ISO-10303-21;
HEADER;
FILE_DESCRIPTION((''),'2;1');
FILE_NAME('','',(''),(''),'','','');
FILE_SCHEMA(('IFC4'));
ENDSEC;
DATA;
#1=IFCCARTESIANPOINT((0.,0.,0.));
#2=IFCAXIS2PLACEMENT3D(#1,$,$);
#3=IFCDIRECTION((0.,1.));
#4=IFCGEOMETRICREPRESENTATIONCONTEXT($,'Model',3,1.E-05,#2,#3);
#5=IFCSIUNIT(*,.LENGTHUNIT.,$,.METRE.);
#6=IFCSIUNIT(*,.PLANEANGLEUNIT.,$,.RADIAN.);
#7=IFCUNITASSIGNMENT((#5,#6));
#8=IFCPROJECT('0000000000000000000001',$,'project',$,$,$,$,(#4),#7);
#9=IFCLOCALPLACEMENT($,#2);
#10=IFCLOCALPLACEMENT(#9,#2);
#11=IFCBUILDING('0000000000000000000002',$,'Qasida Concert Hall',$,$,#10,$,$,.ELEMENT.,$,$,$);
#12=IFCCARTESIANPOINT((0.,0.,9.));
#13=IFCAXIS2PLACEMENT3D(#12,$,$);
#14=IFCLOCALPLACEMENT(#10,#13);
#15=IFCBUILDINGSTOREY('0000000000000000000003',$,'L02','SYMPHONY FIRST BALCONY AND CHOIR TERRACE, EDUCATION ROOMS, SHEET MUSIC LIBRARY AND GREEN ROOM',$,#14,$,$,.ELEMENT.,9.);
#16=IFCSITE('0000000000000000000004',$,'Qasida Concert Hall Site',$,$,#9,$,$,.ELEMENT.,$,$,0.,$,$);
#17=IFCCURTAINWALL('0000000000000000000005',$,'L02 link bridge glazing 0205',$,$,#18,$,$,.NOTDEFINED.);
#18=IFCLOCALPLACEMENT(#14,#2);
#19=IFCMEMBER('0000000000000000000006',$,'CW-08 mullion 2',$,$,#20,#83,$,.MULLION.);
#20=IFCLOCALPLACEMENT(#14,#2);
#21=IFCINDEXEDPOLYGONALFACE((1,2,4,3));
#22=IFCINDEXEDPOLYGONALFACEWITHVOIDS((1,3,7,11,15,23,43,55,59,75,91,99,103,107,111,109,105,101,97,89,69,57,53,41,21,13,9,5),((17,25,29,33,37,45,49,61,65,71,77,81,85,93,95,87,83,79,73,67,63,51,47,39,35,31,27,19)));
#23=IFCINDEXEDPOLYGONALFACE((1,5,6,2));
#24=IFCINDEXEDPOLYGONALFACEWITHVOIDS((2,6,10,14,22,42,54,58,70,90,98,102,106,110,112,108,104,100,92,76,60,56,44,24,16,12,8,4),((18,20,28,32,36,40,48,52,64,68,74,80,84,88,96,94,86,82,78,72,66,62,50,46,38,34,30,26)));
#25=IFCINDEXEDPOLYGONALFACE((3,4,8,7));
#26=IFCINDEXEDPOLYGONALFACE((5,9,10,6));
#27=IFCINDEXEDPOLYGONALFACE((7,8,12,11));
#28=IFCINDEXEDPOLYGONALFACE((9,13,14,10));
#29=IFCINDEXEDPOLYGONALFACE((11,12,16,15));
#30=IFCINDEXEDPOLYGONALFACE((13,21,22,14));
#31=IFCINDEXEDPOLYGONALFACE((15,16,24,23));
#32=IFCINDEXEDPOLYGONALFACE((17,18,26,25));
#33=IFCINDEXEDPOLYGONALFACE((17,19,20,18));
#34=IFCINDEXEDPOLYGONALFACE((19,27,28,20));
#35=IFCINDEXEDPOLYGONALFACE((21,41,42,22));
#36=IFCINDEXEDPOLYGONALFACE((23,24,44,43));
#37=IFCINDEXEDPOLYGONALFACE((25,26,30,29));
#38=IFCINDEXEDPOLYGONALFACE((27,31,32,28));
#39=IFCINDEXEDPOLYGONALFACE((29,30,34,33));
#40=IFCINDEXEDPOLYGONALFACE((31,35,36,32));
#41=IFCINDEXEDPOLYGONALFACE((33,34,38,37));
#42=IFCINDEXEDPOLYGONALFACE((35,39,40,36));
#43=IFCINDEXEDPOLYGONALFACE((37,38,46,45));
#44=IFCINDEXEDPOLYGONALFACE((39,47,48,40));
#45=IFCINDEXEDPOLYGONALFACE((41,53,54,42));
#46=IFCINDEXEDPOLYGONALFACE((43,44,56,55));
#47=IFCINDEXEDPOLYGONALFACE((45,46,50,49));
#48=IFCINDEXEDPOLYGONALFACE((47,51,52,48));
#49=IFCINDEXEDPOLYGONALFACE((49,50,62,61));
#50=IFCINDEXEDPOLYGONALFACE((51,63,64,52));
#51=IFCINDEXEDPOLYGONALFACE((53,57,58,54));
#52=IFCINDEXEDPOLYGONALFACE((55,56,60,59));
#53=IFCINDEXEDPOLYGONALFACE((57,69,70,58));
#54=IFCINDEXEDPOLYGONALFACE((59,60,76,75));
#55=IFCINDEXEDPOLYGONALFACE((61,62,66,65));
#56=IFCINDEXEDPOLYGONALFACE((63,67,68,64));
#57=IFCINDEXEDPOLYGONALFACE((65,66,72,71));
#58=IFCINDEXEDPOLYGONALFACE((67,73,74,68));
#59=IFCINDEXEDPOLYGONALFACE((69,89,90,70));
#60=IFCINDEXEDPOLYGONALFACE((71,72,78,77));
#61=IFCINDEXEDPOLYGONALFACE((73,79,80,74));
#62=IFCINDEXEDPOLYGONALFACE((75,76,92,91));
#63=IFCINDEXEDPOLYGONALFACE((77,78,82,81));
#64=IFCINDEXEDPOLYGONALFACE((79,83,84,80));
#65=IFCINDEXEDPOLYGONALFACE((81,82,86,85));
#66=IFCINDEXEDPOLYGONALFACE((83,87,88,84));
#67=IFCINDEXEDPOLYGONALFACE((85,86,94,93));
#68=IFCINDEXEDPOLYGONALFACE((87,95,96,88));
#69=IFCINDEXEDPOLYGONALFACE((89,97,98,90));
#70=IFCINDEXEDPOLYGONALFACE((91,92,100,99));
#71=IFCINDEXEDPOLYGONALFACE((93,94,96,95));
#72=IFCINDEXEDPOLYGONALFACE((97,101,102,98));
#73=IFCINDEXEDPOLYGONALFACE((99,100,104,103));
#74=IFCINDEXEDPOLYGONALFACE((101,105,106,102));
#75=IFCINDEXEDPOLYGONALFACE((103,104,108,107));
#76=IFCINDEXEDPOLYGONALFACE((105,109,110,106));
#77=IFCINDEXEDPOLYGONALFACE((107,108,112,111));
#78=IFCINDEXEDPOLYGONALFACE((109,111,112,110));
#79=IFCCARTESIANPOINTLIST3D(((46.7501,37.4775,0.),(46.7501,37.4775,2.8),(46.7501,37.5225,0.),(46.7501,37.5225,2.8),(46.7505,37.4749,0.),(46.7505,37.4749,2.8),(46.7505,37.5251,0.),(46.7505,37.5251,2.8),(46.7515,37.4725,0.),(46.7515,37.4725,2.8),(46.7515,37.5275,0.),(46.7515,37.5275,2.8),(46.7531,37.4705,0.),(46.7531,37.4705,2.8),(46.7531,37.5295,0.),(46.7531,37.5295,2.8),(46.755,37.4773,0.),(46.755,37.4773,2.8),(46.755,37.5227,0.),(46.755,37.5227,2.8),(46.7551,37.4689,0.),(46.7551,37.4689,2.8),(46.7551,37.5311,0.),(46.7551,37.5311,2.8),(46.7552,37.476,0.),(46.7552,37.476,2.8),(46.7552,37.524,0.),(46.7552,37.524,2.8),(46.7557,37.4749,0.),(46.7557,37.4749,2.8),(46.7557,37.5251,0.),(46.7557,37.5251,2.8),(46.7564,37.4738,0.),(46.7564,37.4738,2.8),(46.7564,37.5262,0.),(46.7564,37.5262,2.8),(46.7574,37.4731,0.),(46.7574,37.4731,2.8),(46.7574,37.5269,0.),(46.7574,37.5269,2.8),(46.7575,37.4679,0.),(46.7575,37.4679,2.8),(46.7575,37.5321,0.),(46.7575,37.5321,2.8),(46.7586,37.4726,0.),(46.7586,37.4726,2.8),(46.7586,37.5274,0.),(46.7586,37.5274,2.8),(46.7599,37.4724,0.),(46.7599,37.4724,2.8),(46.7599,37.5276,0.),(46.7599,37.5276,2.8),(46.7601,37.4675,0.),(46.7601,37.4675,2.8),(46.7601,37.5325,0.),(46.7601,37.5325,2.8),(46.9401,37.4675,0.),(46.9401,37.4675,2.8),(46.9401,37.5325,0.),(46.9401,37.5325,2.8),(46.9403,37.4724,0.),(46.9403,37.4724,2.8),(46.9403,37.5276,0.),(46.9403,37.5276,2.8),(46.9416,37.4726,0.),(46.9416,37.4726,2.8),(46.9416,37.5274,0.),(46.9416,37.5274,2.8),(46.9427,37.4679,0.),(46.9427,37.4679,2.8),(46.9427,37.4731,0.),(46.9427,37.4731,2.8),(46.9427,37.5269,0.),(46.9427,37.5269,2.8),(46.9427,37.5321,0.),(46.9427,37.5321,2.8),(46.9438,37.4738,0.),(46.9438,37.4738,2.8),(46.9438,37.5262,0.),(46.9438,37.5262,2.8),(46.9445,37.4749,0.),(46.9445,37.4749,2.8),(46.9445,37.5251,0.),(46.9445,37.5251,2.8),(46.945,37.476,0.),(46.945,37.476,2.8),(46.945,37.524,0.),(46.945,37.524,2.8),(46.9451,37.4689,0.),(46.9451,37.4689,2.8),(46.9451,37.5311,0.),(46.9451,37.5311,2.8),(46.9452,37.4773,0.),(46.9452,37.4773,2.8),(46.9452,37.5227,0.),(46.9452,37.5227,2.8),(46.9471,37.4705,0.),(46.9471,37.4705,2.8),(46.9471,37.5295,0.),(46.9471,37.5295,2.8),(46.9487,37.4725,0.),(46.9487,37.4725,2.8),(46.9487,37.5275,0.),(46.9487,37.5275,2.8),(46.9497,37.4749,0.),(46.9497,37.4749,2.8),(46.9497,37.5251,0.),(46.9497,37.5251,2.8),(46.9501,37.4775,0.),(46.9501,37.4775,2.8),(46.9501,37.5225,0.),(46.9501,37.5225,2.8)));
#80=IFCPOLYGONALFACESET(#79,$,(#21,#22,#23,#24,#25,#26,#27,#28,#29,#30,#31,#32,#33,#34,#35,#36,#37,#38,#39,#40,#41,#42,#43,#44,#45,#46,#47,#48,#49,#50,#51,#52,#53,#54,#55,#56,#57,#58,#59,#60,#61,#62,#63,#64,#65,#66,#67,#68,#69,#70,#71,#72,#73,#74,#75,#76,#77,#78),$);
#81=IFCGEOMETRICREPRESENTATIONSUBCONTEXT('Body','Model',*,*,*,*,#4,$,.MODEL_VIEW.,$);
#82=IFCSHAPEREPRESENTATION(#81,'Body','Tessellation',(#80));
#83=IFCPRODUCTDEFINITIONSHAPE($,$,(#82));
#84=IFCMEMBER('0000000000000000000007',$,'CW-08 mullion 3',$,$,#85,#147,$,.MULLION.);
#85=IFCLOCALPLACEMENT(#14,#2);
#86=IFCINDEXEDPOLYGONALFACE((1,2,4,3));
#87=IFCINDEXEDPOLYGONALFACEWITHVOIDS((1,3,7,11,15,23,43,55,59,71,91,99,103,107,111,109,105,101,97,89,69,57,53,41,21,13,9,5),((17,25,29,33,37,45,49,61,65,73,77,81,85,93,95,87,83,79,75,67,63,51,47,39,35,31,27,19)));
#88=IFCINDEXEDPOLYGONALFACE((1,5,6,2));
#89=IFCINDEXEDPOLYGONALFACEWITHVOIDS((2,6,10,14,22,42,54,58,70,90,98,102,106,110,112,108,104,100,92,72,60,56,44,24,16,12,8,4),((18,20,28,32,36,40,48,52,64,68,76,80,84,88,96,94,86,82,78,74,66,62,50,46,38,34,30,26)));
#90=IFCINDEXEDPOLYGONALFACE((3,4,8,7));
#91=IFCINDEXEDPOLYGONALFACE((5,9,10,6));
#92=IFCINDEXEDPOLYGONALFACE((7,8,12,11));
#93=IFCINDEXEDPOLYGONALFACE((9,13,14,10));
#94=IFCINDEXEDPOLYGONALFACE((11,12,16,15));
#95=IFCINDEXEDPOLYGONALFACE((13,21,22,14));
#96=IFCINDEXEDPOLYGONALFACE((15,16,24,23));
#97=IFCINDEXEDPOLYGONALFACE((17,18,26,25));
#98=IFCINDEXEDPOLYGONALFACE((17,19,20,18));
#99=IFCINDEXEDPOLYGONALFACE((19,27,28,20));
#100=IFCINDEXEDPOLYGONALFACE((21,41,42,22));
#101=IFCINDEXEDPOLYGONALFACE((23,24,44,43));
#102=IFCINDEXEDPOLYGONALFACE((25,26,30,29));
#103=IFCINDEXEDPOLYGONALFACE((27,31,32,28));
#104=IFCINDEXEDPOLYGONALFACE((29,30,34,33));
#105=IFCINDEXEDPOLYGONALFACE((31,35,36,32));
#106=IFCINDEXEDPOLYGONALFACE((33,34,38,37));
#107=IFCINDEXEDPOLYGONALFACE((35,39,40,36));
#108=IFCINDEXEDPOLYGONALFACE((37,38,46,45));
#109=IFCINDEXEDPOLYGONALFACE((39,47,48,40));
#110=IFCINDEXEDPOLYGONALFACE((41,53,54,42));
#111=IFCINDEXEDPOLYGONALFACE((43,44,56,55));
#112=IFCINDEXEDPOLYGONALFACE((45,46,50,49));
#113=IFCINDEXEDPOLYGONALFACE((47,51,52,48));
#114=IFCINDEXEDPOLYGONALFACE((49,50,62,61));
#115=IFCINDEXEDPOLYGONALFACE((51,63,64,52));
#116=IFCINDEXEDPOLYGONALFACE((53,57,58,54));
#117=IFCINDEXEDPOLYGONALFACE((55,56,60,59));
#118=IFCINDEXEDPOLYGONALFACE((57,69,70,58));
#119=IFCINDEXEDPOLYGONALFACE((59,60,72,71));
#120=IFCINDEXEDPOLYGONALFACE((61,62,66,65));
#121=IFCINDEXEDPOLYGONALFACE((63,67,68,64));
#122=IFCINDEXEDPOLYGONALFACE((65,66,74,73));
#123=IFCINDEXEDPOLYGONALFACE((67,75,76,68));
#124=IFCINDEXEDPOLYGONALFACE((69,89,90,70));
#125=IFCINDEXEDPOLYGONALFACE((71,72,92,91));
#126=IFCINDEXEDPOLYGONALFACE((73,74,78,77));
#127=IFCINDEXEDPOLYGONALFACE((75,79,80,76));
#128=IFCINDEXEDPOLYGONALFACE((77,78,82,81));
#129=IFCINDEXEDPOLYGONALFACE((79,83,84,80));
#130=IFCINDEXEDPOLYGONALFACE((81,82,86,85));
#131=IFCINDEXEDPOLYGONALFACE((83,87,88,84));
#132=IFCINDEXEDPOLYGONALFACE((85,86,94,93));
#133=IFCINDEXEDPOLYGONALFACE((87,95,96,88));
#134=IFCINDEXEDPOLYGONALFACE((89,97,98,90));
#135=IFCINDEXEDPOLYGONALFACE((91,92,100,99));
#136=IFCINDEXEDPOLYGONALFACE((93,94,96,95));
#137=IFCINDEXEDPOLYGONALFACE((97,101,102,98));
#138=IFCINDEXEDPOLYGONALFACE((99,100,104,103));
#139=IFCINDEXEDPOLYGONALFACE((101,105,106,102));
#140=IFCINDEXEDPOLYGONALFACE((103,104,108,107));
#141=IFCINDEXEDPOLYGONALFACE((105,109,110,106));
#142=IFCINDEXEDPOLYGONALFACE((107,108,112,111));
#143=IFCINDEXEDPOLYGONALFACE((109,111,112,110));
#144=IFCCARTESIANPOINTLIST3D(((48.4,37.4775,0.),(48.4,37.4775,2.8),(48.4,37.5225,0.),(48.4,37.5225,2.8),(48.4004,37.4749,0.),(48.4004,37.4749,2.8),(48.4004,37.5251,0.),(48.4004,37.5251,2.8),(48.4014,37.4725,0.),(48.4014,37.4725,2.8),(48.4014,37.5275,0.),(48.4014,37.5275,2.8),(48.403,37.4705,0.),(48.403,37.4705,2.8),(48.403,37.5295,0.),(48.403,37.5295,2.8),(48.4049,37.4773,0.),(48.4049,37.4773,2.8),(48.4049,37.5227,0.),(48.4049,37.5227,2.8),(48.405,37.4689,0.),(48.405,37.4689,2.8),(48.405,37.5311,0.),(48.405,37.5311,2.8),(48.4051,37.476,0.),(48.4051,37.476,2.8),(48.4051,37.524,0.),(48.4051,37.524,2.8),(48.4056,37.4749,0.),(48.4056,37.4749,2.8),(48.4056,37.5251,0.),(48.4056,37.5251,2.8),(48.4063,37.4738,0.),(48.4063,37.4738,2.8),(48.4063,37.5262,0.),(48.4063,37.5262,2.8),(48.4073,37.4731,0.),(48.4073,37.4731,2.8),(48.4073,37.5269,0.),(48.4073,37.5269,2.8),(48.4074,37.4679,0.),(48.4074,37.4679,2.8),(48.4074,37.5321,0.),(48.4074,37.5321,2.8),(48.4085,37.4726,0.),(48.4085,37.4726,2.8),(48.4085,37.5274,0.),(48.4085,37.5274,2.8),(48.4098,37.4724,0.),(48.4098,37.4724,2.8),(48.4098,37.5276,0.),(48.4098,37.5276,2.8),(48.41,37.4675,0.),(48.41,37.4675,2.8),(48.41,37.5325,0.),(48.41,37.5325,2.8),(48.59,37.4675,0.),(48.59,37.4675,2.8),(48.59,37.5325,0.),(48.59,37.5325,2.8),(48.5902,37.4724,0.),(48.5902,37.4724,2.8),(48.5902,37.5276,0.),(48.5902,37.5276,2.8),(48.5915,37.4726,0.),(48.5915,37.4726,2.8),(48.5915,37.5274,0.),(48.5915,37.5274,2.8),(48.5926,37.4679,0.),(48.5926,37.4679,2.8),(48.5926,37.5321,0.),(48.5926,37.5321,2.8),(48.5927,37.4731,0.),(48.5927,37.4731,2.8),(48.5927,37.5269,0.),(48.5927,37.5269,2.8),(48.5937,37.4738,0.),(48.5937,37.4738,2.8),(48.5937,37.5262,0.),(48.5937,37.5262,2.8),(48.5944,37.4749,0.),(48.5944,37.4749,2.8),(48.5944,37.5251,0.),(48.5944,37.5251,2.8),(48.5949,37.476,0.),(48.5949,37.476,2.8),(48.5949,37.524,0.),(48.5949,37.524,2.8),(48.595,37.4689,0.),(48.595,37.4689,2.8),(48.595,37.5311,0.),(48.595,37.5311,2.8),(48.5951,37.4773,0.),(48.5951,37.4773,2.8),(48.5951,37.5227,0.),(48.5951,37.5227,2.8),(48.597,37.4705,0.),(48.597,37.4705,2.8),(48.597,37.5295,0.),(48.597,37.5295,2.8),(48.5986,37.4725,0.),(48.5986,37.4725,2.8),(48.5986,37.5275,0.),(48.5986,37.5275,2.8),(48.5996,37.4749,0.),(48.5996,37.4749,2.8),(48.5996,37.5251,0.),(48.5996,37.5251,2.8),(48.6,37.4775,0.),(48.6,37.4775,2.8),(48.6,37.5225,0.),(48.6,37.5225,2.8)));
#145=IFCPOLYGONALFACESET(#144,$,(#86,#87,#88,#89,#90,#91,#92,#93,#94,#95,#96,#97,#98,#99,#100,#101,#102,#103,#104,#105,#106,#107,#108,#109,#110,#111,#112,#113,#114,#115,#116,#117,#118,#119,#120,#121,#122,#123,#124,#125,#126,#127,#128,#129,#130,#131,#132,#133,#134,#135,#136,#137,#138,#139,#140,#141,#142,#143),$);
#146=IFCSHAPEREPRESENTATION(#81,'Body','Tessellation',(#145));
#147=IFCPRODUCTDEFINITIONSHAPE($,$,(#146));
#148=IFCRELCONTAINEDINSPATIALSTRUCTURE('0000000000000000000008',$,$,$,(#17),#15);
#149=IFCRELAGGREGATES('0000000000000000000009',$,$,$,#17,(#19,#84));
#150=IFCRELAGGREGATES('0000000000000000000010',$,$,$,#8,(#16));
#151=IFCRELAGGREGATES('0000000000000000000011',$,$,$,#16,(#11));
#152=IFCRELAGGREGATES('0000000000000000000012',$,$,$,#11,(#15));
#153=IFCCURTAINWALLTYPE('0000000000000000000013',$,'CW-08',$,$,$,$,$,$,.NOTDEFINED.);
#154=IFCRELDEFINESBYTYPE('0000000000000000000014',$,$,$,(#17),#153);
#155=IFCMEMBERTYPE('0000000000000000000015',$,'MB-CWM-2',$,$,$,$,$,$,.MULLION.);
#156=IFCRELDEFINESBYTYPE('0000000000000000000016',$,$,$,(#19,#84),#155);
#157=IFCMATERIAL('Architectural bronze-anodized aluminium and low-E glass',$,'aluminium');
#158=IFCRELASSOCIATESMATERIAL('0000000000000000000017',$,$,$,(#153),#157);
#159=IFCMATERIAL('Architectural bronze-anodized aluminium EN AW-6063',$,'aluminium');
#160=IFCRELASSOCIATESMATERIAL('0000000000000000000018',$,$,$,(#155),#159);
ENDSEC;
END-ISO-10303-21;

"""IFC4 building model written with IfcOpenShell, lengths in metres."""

from ifc_helpers import new_model, si_unit, direction, frame, origin, origin_2d, place, context, subcontext, project, spatial, hollow_rectangle, extrude, material, material_profile, profile_set, type_object, element, aggregate, save


model = new_model("IFC4")

# Units and contexts
model_context = context("Model", 3, precision=1e-05, world=origin(), true_north=direction((0.0, 1.0)))
body_context = subcontext(model_context, "Body", "Model", "MODEL_VIEW")
ifc_project = project(units=[si_unit("LENGTHUNIT", "METRE"), si_unit("PLANEANGLEUNIT", "RADIAN")], contexts=[model_context])

# Site, building, storey
site_placement = place(None, origin())
site = spatial("IfcSite", under=ifc_project, at=site_placement, Name="Qasida Concert Hall Site", CompositionType="ELEMENT", RefElevation=0.0)
building_placement = place(site_placement, origin())
building = spatial("IfcBuilding", under=site, at=building_placement, Name="Qasida Concert Hall", CompositionType="ELEMENT")
storey_placement = place(building_placement, frame((0.0, 0.0, 9.0)))
storey = spatial("IfcBuildingStorey", under=building, at=storey_placement, Name="L02", Description="SYMPHONY FIRST BALCONY AND CHOIR TERRACE, EDUCATION ROOMS, SHEET MUSIC LIBRARY AND GREEN ROOM", CompositionType="ELEMENT", Elevation=9.0)

# Curtain wall, members
ifc_material_1 = material(Name="Architectural bronze-anodized aluminium and low-E glass", Category="aluminium")
curtain_wall_type = type_object("IfcCurtainWallType", Name="CW-08", PredefinedType="NOTDEFINED", material=ifc_material_1)
curtain_wall_placement = place(storey_placement, origin())
curtain_wall = element("IfcCurtainWall", 1, at=curtain_wall_placement, inside=storey, type_object=curtain_wall_type, Name="L02 link bridge glazing 0205", PredefinedType="NOTDEFINED")
ifc_material_2 = material(Name="Architectural bronze-anodized aluminium EN AW-6063", Category="aluminium")
ifc_material_profile_1 = material_profile(ifc_material_2, hollow_rectangle(XDim=0.0649, YDim=0.2, WallThickness=0.0049, InnerFilletRadius=0.0049, OuterFilletRadius=0.01, at=origin_2d()), Name="CWM 200x65x5")
ifc_profile_set_1 = profile_set([ifc_material_profile_1], Name="Architectural bronze-anodized aluminium EN AW-6063")
member_type_1 = type_object("IfcMemberType", Name="MB-CWM-2", PredefinedType="MULLION", material=ifc_profile_set_1)
member_1_placement = place(storey_placement, frame((46.8501, 37.5, 0.0), z_axis=(0.0, 0.0, 1.0), x_axis=(0.0, 1.0, 0.0)))
member_1 = element("IfcMember", 2, at=member_1_placement, type_object=member_type_1, Name="CW-08 mullion 2", PredefinedType="MULLION", context=body_context, shape_type="SweptSolid", body=[
    extrude(hollow_rectangle(XDim=0.0649, YDim=0.2, WallThickness=0.0049, InnerFilletRadius=0.0049, OuterFilletRadius=0.01, at=origin_2d()), origin(), (0.0, 0.0, 1.0), 2.8),
])
member_2_placement = place(storey_placement, frame((48.5, 37.5, 0.0), z_axis=(0.0, 0.0, 1.0), x_axis=(0.0, 1.0, 0.0)))
member_2 = element("IfcMember", 3, at=member_2_placement, type_object=member_type_1, Name="CW-08 mullion 3", PredefinedType="MULLION", context=body_context, shape_type="SweptSolid", body=[
    extrude(hollow_rectangle(XDim=0.0649, YDim=0.2, WallThickness=0.0049, InnerFilletRadius=0.0049, OuterFilletRadius=0.01, at=origin_2d()), origin(), (0.0, 0.0, 1.0), 2.8),
])
aggregate(curtain_wall, [member_1, member_2])

save(model, "model.ifc")
